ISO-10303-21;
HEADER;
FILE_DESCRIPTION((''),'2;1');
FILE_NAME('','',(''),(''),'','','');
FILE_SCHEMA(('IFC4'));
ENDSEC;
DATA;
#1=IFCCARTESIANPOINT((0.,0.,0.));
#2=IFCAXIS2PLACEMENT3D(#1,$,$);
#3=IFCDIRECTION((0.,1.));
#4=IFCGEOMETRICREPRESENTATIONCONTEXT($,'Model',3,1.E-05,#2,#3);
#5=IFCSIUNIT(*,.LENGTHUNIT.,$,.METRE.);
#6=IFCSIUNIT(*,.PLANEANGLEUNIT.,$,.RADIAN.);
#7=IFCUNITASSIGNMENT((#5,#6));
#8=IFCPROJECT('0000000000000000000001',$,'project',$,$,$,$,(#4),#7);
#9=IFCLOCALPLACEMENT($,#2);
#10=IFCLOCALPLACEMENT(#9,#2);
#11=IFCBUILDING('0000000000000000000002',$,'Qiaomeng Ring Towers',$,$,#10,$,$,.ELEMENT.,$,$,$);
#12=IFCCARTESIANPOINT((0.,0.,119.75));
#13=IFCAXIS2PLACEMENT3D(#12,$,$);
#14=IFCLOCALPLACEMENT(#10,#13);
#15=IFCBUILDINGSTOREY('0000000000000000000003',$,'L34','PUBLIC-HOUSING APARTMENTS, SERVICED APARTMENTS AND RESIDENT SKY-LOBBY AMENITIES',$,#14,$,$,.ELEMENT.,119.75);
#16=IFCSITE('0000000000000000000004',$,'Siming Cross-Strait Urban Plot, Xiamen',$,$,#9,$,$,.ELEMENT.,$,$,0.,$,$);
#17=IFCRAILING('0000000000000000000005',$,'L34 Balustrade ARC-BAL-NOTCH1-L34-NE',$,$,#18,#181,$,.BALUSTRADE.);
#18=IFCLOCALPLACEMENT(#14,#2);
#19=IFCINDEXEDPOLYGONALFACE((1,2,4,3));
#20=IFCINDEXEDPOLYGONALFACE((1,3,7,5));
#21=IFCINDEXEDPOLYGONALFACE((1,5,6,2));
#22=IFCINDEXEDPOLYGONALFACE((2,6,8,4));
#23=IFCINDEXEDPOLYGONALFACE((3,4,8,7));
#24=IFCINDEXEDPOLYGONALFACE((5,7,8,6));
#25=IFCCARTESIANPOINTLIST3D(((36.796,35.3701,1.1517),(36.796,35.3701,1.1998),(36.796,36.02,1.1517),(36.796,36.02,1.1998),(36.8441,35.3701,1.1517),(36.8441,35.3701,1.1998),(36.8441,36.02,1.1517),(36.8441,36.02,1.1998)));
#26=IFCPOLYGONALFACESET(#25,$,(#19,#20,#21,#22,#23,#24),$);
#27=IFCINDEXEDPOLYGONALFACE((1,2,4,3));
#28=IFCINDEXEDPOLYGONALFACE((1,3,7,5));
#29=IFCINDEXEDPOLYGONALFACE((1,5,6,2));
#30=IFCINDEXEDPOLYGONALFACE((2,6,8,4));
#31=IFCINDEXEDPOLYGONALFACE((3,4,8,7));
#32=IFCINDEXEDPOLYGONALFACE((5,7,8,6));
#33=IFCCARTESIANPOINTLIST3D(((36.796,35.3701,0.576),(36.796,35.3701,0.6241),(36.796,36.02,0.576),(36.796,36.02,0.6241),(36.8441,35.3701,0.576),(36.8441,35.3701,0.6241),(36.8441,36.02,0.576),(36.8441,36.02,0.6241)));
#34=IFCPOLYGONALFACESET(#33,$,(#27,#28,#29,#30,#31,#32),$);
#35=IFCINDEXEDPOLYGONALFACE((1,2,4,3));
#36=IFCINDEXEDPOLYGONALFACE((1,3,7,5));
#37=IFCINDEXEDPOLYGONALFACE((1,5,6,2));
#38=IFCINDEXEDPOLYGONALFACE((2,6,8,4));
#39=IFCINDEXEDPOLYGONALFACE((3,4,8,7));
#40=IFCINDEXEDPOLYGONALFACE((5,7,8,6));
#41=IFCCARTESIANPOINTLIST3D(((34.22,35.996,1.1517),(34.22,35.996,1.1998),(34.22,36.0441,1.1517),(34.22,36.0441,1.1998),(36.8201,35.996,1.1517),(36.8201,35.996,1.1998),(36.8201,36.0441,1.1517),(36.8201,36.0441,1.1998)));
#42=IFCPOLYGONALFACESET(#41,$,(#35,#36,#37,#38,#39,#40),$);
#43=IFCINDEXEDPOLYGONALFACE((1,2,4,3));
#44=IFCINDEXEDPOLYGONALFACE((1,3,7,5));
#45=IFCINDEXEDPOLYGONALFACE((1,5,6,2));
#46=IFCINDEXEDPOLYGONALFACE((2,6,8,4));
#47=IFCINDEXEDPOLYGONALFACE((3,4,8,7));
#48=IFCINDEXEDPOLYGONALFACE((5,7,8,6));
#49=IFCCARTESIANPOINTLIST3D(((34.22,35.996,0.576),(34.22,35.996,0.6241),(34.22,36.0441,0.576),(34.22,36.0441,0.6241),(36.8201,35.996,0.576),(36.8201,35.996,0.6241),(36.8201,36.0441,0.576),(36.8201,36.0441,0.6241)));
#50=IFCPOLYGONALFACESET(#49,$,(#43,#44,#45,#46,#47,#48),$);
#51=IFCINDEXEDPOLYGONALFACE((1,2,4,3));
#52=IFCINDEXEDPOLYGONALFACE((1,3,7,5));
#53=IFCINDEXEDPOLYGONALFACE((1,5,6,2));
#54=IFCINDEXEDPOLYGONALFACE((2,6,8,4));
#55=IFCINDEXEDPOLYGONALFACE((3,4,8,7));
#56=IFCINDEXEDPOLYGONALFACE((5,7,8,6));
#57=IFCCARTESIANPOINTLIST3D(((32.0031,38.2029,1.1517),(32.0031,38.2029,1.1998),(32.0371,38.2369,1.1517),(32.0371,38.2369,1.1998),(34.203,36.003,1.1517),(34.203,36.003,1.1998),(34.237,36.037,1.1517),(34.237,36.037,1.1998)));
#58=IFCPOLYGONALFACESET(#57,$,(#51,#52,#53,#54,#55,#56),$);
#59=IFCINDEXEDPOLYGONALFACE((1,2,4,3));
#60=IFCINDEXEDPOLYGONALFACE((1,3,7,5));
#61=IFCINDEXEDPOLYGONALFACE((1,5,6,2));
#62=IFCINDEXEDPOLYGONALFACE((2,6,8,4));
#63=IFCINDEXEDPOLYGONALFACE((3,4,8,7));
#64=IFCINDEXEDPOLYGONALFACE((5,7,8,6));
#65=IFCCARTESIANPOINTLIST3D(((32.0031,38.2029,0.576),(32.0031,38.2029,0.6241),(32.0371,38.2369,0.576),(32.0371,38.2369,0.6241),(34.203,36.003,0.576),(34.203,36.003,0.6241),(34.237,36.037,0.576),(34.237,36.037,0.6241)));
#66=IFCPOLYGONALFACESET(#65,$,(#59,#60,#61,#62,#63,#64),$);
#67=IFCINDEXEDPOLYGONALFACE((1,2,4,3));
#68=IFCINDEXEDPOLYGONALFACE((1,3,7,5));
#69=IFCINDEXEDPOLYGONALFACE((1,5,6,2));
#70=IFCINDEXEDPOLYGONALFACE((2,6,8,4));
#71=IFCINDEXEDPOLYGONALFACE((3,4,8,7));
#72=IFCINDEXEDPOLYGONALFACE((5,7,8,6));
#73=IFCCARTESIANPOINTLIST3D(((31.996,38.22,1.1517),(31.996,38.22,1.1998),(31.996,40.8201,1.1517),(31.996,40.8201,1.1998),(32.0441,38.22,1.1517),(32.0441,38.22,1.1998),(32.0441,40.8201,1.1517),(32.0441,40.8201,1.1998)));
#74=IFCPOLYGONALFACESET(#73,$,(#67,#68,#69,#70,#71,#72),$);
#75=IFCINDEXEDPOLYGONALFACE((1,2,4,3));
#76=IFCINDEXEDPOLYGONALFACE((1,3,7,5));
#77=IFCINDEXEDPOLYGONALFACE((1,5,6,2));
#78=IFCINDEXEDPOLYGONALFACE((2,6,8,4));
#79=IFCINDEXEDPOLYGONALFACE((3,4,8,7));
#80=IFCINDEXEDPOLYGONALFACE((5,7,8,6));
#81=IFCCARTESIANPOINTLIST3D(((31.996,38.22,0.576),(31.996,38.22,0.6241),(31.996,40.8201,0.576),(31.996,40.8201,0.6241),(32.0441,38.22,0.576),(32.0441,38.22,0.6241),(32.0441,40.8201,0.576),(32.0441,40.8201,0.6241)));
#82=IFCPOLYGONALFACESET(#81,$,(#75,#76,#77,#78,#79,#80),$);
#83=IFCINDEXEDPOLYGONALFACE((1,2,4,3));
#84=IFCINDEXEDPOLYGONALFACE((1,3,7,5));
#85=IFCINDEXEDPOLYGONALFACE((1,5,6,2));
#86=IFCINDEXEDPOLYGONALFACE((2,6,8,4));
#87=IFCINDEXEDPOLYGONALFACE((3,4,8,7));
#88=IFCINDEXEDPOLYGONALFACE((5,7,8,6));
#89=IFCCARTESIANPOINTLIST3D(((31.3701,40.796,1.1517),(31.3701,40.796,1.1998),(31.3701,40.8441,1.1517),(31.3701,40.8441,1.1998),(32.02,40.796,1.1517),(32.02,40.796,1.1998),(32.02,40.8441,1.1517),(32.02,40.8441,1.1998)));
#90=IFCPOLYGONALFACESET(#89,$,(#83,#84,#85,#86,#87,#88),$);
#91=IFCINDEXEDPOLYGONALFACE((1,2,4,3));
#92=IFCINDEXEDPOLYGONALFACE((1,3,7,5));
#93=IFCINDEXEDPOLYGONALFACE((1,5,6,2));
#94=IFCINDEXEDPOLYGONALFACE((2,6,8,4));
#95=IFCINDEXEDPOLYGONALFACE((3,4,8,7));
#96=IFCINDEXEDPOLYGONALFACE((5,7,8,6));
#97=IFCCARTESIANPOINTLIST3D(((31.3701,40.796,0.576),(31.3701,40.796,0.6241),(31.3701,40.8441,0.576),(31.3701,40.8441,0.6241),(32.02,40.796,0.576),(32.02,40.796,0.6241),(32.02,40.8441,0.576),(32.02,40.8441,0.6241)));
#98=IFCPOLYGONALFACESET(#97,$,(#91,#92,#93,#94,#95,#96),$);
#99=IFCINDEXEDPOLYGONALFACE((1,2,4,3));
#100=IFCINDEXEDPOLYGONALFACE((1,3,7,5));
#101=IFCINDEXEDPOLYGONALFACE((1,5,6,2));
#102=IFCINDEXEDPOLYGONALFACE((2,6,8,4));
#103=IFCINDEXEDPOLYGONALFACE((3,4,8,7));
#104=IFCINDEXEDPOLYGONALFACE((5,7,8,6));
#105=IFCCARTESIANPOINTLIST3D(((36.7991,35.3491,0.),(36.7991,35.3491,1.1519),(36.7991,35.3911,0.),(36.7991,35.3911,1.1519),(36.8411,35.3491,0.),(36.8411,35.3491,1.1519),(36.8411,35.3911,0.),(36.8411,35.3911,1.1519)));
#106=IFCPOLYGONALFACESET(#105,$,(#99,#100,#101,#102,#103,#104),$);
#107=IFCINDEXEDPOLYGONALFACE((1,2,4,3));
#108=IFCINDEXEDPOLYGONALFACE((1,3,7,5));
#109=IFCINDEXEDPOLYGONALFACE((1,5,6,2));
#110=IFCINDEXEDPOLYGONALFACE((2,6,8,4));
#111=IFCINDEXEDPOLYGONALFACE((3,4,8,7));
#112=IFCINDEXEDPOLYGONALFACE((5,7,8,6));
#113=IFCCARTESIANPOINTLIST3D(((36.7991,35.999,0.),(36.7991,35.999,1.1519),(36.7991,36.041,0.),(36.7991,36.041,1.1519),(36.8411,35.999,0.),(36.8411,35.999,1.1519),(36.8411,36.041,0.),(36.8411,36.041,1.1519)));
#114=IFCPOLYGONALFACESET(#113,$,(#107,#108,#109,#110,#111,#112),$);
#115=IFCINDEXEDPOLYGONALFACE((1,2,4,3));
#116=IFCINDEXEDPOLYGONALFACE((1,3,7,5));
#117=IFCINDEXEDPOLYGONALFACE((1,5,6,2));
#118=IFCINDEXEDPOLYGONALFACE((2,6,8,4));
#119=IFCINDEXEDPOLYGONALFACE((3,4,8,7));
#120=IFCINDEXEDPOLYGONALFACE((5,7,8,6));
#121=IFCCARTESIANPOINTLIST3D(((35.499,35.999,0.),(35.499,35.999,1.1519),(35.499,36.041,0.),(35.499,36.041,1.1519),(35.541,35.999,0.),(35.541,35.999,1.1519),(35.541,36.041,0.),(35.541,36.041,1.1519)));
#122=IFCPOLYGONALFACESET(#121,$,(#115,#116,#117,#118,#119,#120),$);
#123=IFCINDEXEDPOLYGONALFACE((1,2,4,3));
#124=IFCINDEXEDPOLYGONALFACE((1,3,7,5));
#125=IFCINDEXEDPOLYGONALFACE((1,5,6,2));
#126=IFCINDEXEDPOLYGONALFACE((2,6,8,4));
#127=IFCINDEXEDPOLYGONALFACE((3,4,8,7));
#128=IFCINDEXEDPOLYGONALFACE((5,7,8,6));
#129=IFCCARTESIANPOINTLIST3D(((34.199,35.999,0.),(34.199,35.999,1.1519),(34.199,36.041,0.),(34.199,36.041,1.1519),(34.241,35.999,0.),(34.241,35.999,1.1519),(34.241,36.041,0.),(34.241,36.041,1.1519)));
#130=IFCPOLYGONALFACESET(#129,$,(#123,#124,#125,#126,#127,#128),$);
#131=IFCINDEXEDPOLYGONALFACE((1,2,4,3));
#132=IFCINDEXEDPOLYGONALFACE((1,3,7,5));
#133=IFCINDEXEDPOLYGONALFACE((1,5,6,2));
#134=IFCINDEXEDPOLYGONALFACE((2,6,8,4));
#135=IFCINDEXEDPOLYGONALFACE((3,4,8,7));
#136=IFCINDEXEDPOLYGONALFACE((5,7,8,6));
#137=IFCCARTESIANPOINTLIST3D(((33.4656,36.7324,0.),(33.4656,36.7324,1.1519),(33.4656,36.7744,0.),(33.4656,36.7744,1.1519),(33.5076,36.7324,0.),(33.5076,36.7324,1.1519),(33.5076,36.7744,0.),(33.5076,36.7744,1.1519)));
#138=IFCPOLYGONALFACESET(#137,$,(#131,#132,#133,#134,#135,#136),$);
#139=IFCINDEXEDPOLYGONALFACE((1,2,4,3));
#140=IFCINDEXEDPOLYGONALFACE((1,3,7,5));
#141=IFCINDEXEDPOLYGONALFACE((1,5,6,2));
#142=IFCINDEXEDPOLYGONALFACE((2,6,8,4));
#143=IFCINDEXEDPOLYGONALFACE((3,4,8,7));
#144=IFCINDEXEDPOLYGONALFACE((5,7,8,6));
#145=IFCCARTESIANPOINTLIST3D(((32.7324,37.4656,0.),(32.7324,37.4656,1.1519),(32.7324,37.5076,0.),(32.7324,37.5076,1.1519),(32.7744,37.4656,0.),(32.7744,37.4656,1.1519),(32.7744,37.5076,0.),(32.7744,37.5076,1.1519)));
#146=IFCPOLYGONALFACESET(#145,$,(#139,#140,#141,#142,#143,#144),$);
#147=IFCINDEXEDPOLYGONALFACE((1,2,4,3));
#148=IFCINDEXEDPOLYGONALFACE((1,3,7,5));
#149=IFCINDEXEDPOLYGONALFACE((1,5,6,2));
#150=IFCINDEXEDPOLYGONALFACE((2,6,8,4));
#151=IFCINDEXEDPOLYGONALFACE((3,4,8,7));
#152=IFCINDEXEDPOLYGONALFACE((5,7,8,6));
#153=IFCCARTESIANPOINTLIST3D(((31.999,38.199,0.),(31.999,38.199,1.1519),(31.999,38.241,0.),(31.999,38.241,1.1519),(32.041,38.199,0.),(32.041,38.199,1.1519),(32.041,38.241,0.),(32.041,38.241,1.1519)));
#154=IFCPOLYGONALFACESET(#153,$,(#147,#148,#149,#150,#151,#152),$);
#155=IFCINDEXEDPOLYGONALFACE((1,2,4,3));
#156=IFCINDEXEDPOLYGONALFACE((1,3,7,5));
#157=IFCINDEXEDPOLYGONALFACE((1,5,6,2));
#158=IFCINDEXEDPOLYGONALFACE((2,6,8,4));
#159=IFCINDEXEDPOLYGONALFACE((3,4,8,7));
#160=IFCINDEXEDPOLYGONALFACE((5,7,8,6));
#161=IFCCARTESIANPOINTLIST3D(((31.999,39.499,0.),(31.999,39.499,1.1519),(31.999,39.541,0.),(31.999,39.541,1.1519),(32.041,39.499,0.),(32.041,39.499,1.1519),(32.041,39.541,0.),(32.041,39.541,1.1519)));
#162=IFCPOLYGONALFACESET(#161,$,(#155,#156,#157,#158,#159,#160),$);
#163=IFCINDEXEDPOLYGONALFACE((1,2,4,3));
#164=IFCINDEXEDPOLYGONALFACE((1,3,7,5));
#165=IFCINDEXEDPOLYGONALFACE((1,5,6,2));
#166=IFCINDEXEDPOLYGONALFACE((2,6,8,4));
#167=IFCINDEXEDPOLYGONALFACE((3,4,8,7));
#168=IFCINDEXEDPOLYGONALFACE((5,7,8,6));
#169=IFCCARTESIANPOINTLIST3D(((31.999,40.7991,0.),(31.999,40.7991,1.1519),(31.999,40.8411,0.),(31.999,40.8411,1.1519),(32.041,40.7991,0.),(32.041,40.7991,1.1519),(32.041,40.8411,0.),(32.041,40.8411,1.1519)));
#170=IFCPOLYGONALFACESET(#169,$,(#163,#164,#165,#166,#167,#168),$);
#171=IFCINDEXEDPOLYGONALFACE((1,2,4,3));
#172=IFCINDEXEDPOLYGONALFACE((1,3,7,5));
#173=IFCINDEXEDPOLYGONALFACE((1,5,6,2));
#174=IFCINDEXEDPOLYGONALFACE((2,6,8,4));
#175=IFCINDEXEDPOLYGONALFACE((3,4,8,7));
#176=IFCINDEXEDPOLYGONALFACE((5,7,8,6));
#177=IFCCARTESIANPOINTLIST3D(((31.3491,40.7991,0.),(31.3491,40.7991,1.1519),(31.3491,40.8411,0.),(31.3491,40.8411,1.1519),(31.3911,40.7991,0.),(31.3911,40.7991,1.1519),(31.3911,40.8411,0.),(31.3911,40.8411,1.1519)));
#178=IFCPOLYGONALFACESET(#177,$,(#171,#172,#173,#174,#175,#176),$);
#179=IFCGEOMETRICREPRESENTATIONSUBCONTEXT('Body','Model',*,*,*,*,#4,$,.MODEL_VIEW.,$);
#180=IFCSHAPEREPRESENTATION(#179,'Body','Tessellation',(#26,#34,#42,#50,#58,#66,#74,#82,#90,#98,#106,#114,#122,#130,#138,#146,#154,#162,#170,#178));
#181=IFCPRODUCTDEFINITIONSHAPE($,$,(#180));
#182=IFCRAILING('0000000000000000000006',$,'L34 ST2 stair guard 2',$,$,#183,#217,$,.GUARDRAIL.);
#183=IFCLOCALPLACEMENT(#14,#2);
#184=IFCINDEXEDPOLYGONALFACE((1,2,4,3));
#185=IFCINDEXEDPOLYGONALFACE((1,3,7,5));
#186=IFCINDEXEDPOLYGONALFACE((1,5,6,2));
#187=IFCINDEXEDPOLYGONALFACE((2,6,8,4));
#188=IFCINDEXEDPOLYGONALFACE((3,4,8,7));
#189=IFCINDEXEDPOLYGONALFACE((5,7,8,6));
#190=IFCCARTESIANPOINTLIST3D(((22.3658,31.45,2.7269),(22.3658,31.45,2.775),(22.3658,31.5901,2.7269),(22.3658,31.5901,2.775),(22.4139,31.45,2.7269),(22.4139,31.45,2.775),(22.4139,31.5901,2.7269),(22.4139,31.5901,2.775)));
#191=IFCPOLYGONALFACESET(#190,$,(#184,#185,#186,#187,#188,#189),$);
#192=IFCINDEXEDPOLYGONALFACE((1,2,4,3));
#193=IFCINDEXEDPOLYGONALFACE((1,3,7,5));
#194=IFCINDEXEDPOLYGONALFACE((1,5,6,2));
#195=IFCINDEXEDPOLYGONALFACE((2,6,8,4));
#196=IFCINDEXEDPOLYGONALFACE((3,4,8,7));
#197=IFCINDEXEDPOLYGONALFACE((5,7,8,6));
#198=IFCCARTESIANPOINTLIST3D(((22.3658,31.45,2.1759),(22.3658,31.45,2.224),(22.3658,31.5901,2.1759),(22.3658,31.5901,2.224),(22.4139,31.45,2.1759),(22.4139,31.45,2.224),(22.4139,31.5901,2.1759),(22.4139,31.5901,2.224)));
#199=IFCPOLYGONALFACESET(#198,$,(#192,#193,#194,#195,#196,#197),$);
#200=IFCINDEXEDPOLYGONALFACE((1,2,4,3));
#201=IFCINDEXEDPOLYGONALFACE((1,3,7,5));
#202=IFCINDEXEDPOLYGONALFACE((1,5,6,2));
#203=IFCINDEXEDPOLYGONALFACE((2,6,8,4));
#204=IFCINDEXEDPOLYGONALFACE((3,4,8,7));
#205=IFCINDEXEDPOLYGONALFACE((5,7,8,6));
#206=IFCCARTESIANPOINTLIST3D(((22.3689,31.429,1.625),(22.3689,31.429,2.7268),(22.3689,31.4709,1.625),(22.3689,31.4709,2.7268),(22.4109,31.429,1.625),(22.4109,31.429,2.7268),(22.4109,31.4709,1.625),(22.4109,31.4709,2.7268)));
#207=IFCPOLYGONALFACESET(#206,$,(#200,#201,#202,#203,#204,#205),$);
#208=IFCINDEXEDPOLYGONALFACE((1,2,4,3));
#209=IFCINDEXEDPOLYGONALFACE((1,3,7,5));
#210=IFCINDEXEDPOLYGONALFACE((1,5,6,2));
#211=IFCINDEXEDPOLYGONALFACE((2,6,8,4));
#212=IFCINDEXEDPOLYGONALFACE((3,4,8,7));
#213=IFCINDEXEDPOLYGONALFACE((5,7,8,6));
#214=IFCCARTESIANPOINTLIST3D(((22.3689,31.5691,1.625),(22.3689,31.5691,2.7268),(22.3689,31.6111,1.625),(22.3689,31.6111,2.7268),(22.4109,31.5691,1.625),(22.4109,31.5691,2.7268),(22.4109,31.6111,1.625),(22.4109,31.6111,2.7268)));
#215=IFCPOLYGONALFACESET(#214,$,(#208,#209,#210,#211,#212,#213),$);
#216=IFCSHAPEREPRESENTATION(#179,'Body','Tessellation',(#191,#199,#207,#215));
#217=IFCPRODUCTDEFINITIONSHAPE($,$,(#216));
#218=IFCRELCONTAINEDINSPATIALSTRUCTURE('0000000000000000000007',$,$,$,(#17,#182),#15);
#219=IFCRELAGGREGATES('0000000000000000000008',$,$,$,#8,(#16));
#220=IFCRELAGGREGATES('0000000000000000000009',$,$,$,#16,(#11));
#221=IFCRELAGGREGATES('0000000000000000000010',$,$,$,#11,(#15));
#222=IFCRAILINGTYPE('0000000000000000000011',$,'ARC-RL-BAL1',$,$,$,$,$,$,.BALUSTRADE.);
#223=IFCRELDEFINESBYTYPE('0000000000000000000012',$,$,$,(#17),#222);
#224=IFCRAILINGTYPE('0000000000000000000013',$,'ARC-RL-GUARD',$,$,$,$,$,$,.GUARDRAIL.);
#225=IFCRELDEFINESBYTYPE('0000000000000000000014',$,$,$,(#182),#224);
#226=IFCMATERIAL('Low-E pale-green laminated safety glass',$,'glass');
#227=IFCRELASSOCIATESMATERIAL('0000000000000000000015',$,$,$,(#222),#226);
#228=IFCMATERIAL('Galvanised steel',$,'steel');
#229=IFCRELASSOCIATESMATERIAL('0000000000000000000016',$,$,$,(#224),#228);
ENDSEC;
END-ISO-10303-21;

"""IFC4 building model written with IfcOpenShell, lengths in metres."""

from ifc_helpers import new_model, si_unit, direction, frame, origin, origin_2d, place, context, subcontext, project, spatial, rectangle, extrude, material, type_object, element, save


model = new_model("IFC4")

# Units and contexts
model_context = context("Model", 3, precision=1e-05, world=origin(), true_north=direction((0.0, 1.0)))
body_context = subcontext(model_context, "Body", "Model", "MODEL_VIEW")
ifc_project = project(units=[si_unit("LENGTHUNIT", "METRE"), si_unit("PLANEANGLEUNIT", "RADIAN")], contexts=[model_context])

# Site, building, storey
site_placement = place(None, origin())
site = spatial("IfcSite", under=ifc_project, at=site_placement, Name="Siming Cross-Strait Urban Plot, Xiamen", CompositionType="ELEMENT", RefElevation=0.0)
building_placement = place(site_placement, origin())
building = spatial("IfcBuilding", under=site, at=building_placement, Name="Qiaomeng Ring Towers", CompositionType="ELEMENT")
storey_placement = place(building_placement, frame((0.0, 0.0, 119.75)))
storey = spatial("IfcBuildingStorey", under=building, at=storey_placement, Name="L34", Description="PUBLIC-HOUSING APARTMENTS, SERVICED APARTMENTS AND RESIDENT SKY-LOBBY AMENITIES", CompositionType="ELEMENT", Elevation=119.75)

# Railings
ifc_material_1 = material(Name="Low-E pale-green laminated safety glass", Category="glass")
railing_type_1 = type_object("IfcRailingType", Name="ARC-RL-BAL1", PredefinedType="BALUSTRADE", material=ifc_material_1)
railing_1_placement = place(storey_placement, frame((36.8201, 35.3701, 0.0)))
element("IfcRailing", 1, at=railing_1_placement, inside=storey, type_object=railing_type_1, Name="L34 Balustrade ARC-BAL-NOTCH1-L34-NE", PredefinedType="BALUSTRADE", context=body_context, shape_type="SweptSolid", body=[
    extrude(rectangle(XDim=0.0481, YDim=0.0481, at=origin_2d()), frame((0.0, 0.0, 1.1758), z_axis=(0.0, 1.0, 0.0), x_axis=(-1.0, 0.0, 0.0)), (0.0, 0.0, 1.0), 0.6499),
    extrude(rectangle(XDim=0.0481, YDim=0.0481, at=origin_2d()), frame((0.0, 0.0, 0.6001), z_axis=(0.0, 1.0, 0.0), x_axis=(-1.0, 0.0, 0.0)), (0.0, 0.0, 1.0), 0.6499),
    extrude(rectangle(XDim=0.0481, YDim=0.0481, at=origin_2d()), frame((0.0, 0.6499, 1.1758), z_axis=(-1.0, 0.0, 0.0), x_axis=(0.0, -1.0, 0.0)), (0.0, 0.0, 1.0), 2.6001),
    extrude(rectangle(XDim=0.0481, YDim=0.0481, at=origin_2d()), frame((0.0, 0.6499, 0.6001), z_axis=(-1.0, 0.0, 0.0), x_axis=(0.0, -1.0, 0.0)), (0.0, 0.0, 1.0), 2.6001),
    extrude(rectangle(XDim=0.0481, YDim=0.0481, at=origin_2d()), frame((-2.6001, 0.6499, 1.1758), z_axis=(-0.707107, 0.707107, 0.0), x_axis=(-0.707107, -0.707107, 0.0)), (0.0, 0.0, 1.0), 3.1111),
    extrude(rectangle(XDim=0.0481, YDim=0.0481, at=origin_2d()), frame((-2.6001, 0.6499, 0.6001), z_axis=(-0.707107, 0.707107, 0.0), x_axis=(-0.707107, -0.707107, 0.0)), (0.0, 0.0, 1.0), 3.1111),
    extrude(rectangle(XDim=0.0481, YDim=0.0481, at=origin_2d()), frame((-4.8, 2.8499, 1.1758), z_axis=(0.0, 1.0, 0.0), x_axis=(-1.0, 0.0, 0.0)), (0.0, 0.0, 1.0), 2.6001),
    extrude(rectangle(XDim=0.0481, YDim=0.0481, at=origin_2d()), frame((-4.8, 2.8499, 0.6001), z_axis=(0.0, 1.0, 0.0), x_axis=(-1.0, 0.0, 0.0)), (0.0, 0.0, 1.0), 2.6001),
    extrude(rectangle(XDim=0.0481, YDim=0.0481, at=origin_2d()), frame((-4.8, 5.45, 1.1758), z_axis=(-1.0, 0.0, 0.0), x_axis=(0.0, -1.0, 0.0)), (0.0, 0.0, 1.0), 0.6499),
    extrude(rectangle(XDim=0.0481, YDim=0.0481, at=origin_2d()), frame((-4.8, 5.45, 0.6001), z_axis=(-1.0, 0.0, 0.0), x_axis=(0.0, -1.0, 0.0)), (0.0, 0.0, 1.0), 0.6499),
    extrude(rectangle(XDim=0.042, YDim=0.042, at=origin_2d()), origin(), (0.0, 0.0, 1.0), 1.1519),
    extrude(rectangle(XDim=0.042, YDim=0.042, at=origin_2d()), frame((0.0, 0.6499, 0.0)), (0.0, 0.0, 1.0), 1.1519),
    extrude(rectangle(XDim=0.042, YDim=0.042, at=origin_2d()), frame((-1.3, 0.6499, 0.0)), (0.0, 0.0, 1.0), 1.1519),
    extrude(rectangle(XDim=0.042, YDim=0.042, at=origin_2d()), frame((-2.6001, 0.6499, 0.0)), (0.0, 0.0, 1.0), 1.1519),
    extrude(rectangle(XDim=0.042, YDim=0.042, at=origin_2d()), frame((-3.3335, 1.3833, 0.0)), (0.0, 0.0, 1.0), 1.1519),
    extrude(rectangle(XDim=0.042, YDim=0.042, at=origin_2d()), frame((-4.0667, 2.1165, 0.0)), (0.0, 0.0, 1.0), 1.1519),
    extrude(rectangle(XDim=0.042, YDim=0.042, at=origin_2d()), frame((-4.8, 2.8499, 0.0)), (0.0, 0.0, 1.0), 1.1519),
    extrude(rectangle(XDim=0.042, YDim=0.042, at=origin_2d()), frame((-4.8, 4.1499, 0.0)), (0.0, 0.0, 1.0), 1.1519),
    extrude(rectangle(XDim=0.042, YDim=0.042, at=origin_2d()), frame((-4.8, 5.45, 0.0)), (0.0, 0.0, 1.0), 1.1519),
    extrude(rectangle(XDim=0.042, YDim=0.042, at=origin_2d()), frame((-5.45, 5.45, 0.0)), (0.0, 0.0, 1.0), 1.1519),
])
ifc_material_2 = material(Name="Galvanised steel", Category="steel")
railing_type_2 = type_object("IfcRailingType", Name="ARC-RL-GUARD", PredefinedType="GUARDRAIL", material=ifc_material_2)
railing_2_placement = place(storey_placement, frame((22.3899, 31.45, 1.625)))
element("IfcRailing", 2, at=railing_2_placement, inside=storey, type_object=railing_type_2, Name="L34 ST2 stair guard 2", PredefinedType="GUARDRAIL", context=body_context, shape_type="SweptSolid", body=[
    extrude(rectangle(XDim=0.0481, YDim=0.0481, at=origin_2d()), frame((0.0, 0.0, 1.126), z_axis=(0.0, 1.0, 0.0), x_axis=(-1.0, 0.0, 0.0)), (0.0, 0.0, 1.0), 0.1401),
    extrude(rectangle(XDim=0.0481, YDim=0.0481, at=origin_2d()), frame((0.0, 0.0, 0.575), z_axis=(0.0, 1.0, 0.0), x_axis=(-1.0, 0.0, 0.0)), (0.0, 0.0, 1.0), 0.1401),
    extrude(rectangle(XDim=0.042, YDim=0.042, at=origin_2d()), origin(), (0.0, 0.0, 1.0), 1.1018),
    extrude(rectangle(XDim=0.042, YDim=0.042, at=origin_2d()), frame((0.0, 0.1401, 0.0)), (0.0, 0.0, 1.0), 1.1018),
])

save(model, "model.ifc")
